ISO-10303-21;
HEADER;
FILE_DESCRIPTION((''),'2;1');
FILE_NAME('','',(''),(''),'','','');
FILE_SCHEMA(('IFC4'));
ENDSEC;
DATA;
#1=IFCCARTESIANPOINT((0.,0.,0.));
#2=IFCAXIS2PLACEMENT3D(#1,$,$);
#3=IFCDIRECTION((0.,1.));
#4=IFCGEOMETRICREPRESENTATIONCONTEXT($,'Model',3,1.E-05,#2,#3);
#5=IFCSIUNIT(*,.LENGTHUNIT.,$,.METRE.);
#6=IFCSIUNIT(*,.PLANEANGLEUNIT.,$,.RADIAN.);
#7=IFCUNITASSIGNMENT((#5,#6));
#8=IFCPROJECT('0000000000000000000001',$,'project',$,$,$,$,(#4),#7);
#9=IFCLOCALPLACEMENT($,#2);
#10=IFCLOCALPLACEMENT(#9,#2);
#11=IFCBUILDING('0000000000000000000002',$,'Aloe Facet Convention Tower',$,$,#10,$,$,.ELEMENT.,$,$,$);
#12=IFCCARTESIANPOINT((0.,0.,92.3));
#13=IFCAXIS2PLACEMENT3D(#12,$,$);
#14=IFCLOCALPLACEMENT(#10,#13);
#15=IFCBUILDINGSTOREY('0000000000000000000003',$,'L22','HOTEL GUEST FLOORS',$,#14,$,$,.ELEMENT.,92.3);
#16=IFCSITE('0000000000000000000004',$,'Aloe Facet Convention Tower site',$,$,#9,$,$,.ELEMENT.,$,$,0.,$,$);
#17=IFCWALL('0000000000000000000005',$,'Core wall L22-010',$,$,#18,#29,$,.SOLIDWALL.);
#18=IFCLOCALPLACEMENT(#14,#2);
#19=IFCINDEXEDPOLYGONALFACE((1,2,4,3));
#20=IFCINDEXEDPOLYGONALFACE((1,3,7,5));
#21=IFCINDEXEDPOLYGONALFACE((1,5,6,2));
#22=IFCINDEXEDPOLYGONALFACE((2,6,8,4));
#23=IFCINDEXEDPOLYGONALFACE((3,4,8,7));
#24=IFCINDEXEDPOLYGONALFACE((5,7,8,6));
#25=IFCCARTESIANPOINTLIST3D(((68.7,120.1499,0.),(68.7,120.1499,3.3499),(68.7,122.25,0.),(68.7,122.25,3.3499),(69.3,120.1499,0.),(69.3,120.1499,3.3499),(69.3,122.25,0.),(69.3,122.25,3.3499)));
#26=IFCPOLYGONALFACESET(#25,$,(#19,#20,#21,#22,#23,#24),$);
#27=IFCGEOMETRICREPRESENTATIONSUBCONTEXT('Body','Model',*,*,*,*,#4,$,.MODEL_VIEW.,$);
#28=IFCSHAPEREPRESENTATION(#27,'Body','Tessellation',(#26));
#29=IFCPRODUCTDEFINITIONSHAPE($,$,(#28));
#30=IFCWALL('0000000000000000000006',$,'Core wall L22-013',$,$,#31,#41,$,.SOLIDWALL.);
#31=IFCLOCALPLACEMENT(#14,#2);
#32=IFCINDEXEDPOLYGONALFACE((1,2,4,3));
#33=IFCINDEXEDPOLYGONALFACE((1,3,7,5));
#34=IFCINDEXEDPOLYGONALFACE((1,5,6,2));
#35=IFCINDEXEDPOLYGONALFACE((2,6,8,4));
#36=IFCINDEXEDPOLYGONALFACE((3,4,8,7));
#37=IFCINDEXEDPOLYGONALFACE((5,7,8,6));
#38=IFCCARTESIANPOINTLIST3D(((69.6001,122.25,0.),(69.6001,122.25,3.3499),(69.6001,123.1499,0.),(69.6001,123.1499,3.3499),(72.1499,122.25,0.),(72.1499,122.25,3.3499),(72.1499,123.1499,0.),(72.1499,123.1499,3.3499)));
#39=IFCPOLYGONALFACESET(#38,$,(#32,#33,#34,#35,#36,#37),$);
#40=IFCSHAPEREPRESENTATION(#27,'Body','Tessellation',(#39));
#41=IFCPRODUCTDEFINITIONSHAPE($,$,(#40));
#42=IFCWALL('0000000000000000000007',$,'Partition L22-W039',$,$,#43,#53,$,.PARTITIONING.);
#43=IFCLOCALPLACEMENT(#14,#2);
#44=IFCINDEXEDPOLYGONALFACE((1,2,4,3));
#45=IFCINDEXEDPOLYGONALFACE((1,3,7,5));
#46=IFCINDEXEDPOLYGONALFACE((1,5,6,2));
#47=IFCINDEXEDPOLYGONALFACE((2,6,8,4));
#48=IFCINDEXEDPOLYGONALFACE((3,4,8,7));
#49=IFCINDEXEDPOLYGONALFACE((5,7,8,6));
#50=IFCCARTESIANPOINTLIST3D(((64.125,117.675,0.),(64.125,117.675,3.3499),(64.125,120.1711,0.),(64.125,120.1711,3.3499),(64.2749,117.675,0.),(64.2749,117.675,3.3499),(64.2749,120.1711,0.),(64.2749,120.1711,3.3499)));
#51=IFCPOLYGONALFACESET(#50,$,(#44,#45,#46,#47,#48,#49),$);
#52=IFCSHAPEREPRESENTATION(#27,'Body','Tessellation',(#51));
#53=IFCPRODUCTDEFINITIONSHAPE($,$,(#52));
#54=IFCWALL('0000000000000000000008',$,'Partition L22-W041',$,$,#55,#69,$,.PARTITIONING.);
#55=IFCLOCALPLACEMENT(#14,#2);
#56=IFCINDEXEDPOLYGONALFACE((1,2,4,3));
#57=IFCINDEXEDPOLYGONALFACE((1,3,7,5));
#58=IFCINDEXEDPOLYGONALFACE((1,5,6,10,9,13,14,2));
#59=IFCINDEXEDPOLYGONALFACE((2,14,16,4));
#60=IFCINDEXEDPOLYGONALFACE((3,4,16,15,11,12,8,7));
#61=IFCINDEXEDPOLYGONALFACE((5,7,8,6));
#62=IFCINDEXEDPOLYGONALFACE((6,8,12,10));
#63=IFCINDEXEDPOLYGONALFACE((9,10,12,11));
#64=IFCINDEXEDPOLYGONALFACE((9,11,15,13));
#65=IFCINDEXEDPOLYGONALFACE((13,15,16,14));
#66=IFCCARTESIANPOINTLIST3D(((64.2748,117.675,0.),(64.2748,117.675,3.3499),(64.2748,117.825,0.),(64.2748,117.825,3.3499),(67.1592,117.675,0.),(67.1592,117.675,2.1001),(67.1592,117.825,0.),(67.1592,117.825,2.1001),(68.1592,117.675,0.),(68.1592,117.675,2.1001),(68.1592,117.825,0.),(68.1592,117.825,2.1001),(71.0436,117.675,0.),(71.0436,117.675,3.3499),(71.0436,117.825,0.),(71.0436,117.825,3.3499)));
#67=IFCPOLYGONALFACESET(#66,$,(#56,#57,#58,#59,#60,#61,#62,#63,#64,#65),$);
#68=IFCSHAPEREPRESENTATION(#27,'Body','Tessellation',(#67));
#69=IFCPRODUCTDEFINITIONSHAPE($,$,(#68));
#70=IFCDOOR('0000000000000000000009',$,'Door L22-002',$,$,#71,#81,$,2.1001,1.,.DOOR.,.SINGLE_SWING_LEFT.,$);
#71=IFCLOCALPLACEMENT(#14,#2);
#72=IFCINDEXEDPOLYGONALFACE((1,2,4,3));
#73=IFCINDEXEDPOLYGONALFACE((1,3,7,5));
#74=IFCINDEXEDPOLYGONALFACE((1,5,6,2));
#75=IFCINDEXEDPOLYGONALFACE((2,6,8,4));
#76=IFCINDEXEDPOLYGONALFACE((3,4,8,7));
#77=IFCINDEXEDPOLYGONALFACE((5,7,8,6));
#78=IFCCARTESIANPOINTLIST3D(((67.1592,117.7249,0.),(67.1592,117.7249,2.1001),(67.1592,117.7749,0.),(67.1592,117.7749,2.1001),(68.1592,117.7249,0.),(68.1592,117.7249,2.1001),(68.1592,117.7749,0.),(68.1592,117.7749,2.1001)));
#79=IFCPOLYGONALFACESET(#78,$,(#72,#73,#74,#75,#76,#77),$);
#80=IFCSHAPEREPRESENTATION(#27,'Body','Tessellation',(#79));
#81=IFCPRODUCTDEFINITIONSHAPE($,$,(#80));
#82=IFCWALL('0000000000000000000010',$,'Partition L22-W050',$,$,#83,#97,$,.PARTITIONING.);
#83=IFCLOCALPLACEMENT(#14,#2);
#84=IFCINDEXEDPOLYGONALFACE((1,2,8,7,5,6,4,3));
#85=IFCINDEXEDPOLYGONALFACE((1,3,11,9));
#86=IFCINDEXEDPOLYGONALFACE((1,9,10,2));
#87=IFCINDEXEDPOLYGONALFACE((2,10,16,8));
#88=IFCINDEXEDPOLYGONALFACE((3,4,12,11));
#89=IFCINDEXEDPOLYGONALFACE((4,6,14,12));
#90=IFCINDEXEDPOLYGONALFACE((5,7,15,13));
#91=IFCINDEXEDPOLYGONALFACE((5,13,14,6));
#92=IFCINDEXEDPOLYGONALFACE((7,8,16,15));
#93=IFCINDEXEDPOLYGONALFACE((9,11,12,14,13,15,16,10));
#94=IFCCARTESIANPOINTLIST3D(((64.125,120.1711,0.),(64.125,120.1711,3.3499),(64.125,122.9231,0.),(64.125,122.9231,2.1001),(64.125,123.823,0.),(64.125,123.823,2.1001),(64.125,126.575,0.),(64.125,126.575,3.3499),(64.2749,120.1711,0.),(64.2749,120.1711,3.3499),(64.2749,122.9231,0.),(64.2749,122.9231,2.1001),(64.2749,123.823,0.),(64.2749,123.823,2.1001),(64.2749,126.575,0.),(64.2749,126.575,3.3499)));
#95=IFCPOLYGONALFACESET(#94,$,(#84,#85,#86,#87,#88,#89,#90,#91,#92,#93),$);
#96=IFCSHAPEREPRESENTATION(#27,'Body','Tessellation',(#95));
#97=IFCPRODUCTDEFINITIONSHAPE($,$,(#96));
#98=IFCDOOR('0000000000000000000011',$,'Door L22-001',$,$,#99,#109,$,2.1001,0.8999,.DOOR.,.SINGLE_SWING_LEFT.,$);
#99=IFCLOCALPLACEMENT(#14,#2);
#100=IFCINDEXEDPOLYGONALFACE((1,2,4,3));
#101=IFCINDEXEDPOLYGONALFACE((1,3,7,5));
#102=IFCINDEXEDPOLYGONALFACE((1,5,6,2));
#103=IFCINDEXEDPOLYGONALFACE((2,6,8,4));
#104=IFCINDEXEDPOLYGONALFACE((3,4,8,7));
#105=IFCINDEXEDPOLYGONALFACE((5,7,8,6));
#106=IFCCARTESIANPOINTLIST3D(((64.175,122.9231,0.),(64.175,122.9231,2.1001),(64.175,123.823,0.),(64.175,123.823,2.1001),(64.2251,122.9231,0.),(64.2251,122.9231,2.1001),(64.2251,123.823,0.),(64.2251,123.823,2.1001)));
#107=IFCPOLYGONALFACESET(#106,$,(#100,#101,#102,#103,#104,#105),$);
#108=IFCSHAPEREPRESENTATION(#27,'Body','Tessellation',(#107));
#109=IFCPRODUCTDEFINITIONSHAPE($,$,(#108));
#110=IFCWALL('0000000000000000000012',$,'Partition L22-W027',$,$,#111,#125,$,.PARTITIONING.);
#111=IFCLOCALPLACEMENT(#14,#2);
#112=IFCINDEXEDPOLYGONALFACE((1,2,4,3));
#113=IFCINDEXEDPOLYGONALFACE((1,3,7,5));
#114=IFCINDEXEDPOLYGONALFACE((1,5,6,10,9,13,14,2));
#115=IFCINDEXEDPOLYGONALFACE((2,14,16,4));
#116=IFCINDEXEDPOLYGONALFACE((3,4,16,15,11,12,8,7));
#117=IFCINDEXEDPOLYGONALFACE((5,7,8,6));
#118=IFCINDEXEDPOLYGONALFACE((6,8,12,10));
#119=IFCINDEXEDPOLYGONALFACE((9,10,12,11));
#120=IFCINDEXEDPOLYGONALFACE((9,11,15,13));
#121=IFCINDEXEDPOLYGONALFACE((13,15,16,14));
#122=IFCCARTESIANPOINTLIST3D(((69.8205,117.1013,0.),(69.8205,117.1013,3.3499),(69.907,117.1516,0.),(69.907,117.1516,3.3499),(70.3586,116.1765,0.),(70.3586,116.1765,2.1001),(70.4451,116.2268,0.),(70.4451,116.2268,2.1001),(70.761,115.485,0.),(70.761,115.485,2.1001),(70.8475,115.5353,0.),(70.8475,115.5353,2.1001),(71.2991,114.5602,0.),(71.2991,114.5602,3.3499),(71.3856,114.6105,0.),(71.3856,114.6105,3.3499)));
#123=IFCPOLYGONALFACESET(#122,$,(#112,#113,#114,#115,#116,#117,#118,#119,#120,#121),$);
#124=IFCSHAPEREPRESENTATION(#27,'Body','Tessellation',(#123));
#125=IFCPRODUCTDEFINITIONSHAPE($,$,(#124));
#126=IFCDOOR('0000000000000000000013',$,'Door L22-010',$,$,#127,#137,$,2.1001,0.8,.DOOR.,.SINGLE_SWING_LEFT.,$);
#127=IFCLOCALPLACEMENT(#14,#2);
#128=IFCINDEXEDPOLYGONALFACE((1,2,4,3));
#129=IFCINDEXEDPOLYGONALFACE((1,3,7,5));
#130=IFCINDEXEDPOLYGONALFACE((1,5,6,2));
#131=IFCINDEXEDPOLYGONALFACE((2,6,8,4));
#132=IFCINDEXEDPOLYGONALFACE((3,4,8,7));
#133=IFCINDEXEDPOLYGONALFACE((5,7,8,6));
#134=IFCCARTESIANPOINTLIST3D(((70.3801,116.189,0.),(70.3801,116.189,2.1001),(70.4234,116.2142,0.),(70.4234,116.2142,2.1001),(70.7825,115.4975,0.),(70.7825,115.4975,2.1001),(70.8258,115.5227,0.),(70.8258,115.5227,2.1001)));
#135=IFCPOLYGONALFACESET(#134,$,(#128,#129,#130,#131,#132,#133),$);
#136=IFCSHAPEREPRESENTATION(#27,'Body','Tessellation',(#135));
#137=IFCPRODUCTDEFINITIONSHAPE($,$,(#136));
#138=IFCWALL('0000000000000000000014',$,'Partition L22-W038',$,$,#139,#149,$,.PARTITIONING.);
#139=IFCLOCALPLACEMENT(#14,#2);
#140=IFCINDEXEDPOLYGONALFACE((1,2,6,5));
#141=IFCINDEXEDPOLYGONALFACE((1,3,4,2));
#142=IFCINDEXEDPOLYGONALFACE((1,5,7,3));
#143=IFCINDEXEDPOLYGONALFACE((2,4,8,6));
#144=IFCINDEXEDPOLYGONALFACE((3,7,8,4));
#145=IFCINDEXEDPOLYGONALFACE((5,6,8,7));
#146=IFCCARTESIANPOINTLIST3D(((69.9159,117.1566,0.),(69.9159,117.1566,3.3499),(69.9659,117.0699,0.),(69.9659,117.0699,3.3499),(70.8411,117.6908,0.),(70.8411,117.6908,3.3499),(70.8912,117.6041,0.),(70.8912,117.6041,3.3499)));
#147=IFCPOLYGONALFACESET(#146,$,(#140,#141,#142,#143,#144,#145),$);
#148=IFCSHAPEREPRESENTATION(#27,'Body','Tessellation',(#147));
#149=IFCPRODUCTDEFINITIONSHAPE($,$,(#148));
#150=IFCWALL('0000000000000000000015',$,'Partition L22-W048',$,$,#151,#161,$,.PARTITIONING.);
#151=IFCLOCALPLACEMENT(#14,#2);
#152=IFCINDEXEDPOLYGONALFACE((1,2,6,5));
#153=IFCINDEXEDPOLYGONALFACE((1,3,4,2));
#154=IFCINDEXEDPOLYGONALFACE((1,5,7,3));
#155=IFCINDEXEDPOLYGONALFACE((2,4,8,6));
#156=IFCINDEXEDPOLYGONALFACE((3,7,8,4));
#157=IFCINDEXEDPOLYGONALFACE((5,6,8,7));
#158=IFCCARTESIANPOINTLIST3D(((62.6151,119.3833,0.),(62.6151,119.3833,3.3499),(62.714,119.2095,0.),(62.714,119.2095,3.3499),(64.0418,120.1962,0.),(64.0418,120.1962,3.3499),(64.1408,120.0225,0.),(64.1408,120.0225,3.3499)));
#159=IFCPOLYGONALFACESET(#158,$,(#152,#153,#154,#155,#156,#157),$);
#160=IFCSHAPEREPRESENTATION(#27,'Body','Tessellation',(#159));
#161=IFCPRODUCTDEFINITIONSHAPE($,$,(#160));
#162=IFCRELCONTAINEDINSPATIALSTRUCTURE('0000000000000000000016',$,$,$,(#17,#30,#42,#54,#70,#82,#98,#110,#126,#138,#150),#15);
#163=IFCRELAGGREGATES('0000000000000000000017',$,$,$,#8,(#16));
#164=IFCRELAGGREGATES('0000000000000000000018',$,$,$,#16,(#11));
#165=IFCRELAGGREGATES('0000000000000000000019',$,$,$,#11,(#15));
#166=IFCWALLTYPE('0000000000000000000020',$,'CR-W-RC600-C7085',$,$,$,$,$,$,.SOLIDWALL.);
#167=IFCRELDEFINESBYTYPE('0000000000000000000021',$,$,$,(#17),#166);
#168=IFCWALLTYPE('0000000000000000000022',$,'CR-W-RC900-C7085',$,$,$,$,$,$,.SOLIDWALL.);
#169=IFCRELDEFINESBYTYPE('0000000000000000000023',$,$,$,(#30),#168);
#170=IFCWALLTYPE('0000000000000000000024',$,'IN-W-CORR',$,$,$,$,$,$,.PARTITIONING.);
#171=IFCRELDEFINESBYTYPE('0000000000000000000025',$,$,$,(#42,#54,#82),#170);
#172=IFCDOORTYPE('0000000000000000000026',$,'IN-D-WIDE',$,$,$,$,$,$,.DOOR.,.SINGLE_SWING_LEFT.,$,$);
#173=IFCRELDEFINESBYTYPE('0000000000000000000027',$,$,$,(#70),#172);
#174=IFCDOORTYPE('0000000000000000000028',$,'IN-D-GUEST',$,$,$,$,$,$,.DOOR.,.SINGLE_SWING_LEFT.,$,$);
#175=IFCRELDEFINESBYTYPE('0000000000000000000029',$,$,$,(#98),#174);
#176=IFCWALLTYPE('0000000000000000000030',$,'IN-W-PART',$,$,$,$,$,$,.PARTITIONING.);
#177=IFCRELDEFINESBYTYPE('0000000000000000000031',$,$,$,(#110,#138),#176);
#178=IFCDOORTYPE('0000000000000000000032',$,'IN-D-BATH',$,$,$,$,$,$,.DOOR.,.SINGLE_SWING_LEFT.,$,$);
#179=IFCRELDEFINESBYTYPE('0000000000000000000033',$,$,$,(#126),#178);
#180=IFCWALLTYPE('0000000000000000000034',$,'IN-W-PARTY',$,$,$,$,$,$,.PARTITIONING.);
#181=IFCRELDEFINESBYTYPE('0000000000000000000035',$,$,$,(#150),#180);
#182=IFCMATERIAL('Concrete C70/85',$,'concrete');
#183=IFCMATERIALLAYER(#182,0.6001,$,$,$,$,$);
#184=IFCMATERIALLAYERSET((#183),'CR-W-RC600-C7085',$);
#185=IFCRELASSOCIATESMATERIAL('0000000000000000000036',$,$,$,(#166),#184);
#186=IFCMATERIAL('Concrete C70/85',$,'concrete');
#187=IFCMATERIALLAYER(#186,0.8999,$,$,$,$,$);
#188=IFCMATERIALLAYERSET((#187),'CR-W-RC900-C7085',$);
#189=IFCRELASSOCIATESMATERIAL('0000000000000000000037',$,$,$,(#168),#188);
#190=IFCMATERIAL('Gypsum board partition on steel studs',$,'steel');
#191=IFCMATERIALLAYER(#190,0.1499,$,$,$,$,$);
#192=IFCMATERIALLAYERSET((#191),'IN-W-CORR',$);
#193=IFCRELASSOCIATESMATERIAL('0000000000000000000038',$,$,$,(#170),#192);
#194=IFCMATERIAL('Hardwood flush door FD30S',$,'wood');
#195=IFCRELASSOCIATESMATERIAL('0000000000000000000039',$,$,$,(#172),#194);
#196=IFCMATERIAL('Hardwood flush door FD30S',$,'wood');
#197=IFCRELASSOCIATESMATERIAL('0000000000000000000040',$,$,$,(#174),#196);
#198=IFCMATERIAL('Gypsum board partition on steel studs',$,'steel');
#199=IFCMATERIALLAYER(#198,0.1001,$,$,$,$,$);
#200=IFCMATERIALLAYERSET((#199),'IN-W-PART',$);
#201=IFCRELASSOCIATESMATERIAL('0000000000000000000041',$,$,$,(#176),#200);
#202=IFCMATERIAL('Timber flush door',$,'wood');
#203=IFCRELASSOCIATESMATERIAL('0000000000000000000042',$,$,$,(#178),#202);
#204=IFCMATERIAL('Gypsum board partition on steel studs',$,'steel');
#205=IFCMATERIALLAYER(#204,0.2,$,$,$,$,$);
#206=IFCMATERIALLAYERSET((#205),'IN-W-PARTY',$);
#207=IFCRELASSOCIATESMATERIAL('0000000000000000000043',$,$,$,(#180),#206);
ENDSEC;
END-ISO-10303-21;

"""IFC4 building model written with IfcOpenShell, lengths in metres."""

from ifc_helpers import new_model, si_unit, direction, frame, frame_2d, origin, place, context, subcontext, project, spatial, rectangle, extrude, material, layer, layer_set, type_object, element, fill, save


model = new_model("IFC4")

# Units and contexts
model_context = context("Model", 3, precision=1e-05, world=origin(), true_north=direction((0.0, 1.0)))
body_context = subcontext(model_context, "Body", "Model", "MODEL_VIEW")
ifc_project = project(units=[si_unit("LENGTHUNIT", "METRE"), si_unit("PLANEANGLEUNIT", "RADIAN")], contexts=[model_context])

# Site, building, storey
site_placement = place(None, origin())
site = spatial("IfcSite", under=ifc_project, at=site_placement, Name="Aloe Facet Convention Tower site", CompositionType="ELEMENT", RefElevation=0.0)
building_placement = place(site_placement, origin())
building = spatial("IfcBuilding", under=site, at=building_placement, Name="Aloe Facet Convention Tower", CompositionType="ELEMENT")
storey_placement = place(building_placement, frame((0.0, 0.0, 92.3)))
storey = spatial("IfcBuildingStorey", under=building, at=storey_placement, Name="L22", Description="HOTEL GUEST FLOORS", CompositionType="ELEMENT", Elevation=92.3)

# Shared definitions
ifc_material_1 = material(Name="Concrete C70/85", Category="concrete")
ifc_layer_1 = layer(ifc_material_1, 0.6001)
ifc_layer_set_1 = layer_set([ifc_layer_1], Name="CR-W-RC600-C7085")
wall_type_1 = type_object("IfcWallType", Name="CR-W-RC600-C7085", PredefinedType="SOLIDWALL", material=ifc_layer_set_1)

# Walls
wall_1_placement = place(storey_placement, frame((69.0, 122.25, 0.0), z_axis=(0.0, 0.0, 1.0), x_axis=(0.0, -1.0, 0.0)))
element("IfcWall", 1, at=wall_1_placement, inside=storey, type_object=wall_type_1, Name="Core wall L22-010", PredefinedType="SOLIDWALL", context=body_context, shape_type="SweptSolid", body=[
    extrude(rectangle(XDim=2.1001, YDim=0.6001, at=frame_2d((1.05, 0.0))), origin(), (0.0, 0.0, 1.0), 3.3499),
])
ifc_material_2 = material(Name="Concrete C70/85", Category="concrete")
ifc_layer_2 = layer(ifc_material_2, 0.8999)
ifc_layer_set_2 = layer_set([ifc_layer_2], Name="CR-W-RC900-C7085")
wall_type_2 = type_object("IfcWallType", Name="CR-W-RC900-C7085", PredefinedType="SOLIDWALL", material=ifc_layer_set_2)
wall_2_placement = place(storey_placement, frame((69.6001, 122.7, 0.0), z_axis=(0.0, 0.0, 1.0), x_axis=(1.0, 0.0, 0.0)))
element("IfcWall", 2, at=wall_2_placement, inside=storey, type_object=wall_type_2, Name="Core wall L22-013", PredefinedType="SOLIDWALL", context=body_context, shape_type="SweptSolid", body=[
    extrude(rectangle(XDim=2.5498, YDim=0.8999, at=frame_2d((1.2749, 0.0))), origin(), (0.0, 0.0, 1.0), 3.3499),
])
ifc_material_3 = material(Name="Gypsum board partition on steel studs", Category="steel")
ifc_layer_3 = layer(ifc_material_3, 0.1499)
ifc_layer_set_3 = layer_set([ifc_layer_3], Name="IN-W-CORR")
wall_type_3 = type_object("IfcWallType", Name="IN-W-CORR", PredefinedType="PARTITIONING", material=ifc_layer_set_3)
wall_3_placement = place(storey_placement, frame((64.2, 117.675, 0.0), z_axis=(0.0, 0.0, 1.0), x_axis=(0.0, 1.0, 0.0)))
element("IfcWall", 3, at=wall_3_placement, inside=storey, type_object=wall_type_3, Name="Partition L22-W039", PredefinedType="PARTITIONING", context=body_context, shape_type="SweptSolid", body=[
    extrude(rectangle(XDim=2.4961, YDim=0.1499, at=frame_2d((1.248, 0.0))), origin(), (0.0, 0.0, 1.0), 3.3499),
])

# Walls, openings, doors
wall_4_placement = place(storey_placement, frame((64.2749, 117.75, 0.0), z_axis=(0.0, 0.0, 1.0), x_axis=(1.0, 0.0, 0.0)))
wall_4 = element("IfcWall", 4, at=wall_4_placement, inside=storey, type_object=wall_type_3, Name="Partition L22-W041", PredefinedType="PARTITIONING", context=body_context, shape_type="SweptSolid", body=[
    extrude(rectangle(XDim=6.7688, YDim=0.1499, at=frame_2d((3.3843, 0.0))), origin(), (0.0, 0.0, 1.0), 3.3499),
])
opening_1_placement = place(wall_4_placement, frame((2.8843, 0.0, 0.0)))
opening_1 = element("IfcOpeningElement", 5, at=opening_1_placement, cuts=wall_4, PredefinedType="OPENING", context=body_context, shape_type="SweptSolid", body=[
    extrude(rectangle(XDim=1.0, YDim=2.1001, at=frame_2d((0.5, 1.05))), frame((0.0, 0.085, 0.0), z_axis=(0.0, -1.0, 0.0), x_axis=(1.0, 0.0, 0.0)), (0.0, 0.0, 1.0), 0.1699),
])
ifc_material_4 = material(Name="Hardwood flush door FD30S", Category="wood")
door_type_1 = type_object("IfcDoorType", Name="IN-D-WIDE", OperationType="SINGLE_SWING_LEFT", PredefinedType="DOOR", material=ifc_material_4)
door_1_placement = place(opening_1_placement, origin())
door_1 = element("IfcDoor", 6, at=door_1_placement, inside=storey, type_object=door_type_1, Name="Door L22-002", OperationType="SINGLE_SWING_LEFT", OverallHeight=2.1001, OverallWidth=1.0, PredefinedType="DOOR", context=body_context, shape_type="SweptSolid", body=[
    extrude(rectangle(XDim=1.0, YDim=2.1001, at=frame_2d((0.5, 1.05))), frame((0.0, 0.0249, 0.0), z_axis=(0.0, -1.0, 0.0), x_axis=(1.0, 0.0, 0.0)), (0.0, 0.0, 1.0), 0.05),
])
fill(opening_1, door_1)
wall_5_placement = place(storey_placement, frame((64.2, 120.1711, 0.0), z_axis=(0.0, 0.0, 1.0), x_axis=(0.0, 1.0, 0.0)))
wall_5 = element("IfcWall", 7, at=wall_5_placement, inside=storey, type_object=wall_type_3, Name="Partition L22-W050", PredefinedType="PARTITIONING", context=body_context, shape_type="SweptSolid", body=[
    extrude(rectangle(XDim=6.4038, YDim=0.1499, at=frame_2d((3.2019, 0.0))), origin(), (0.0, 0.0, 1.0), 3.3499),
])
opening_2_placement = place(wall_5_placement, frame((2.752, 0.0, 0.0)))
opening_2 = element("IfcOpeningElement", 8, at=opening_2_placement, cuts=wall_5, PredefinedType="OPENING", context=body_context, shape_type="SweptSolid", body=[
    extrude(rectangle(XDim=0.8999, YDim=2.1001, at=frame_2d((0.45, 1.05))), frame((0.0, 0.085, 0.0), z_axis=(0.0, -1.0, 0.0), x_axis=(1.0, 0.0, 0.0)), (0.0, 0.0, 1.0), 0.1699),
])
ifc_material_5 = material(Name="Hardwood flush door FD30S", Category="wood")
door_type_2 = type_object("IfcDoorType", Name="IN-D-GUEST", OperationType="SINGLE_SWING_LEFT", PredefinedType="DOOR", material=ifc_material_5)
door_2_placement = place(opening_2_placement, origin())
door_2 = element("IfcDoor", 9, at=door_2_placement, inside=storey, type_object=door_type_2, Name="Door L22-001", OperationType="SINGLE_SWING_LEFT", OverallHeight=2.1001, OverallWidth=0.8999, PredefinedType="DOOR", context=body_context, shape_type="SweptSolid", body=[
    extrude(rectangle(XDim=0.8999, YDim=2.1001, at=frame_2d((0.45, 1.05))), frame((0.0, 0.0249, 0.0), z_axis=(0.0, -1.0, 0.0), x_axis=(1.0, 0.0, 0.0)), (0.0, 0.0, 1.0), 0.05),
])
fill(opening_2, door_2)
ifc_material_6 = material(Name="Gypsum board partition on steel studs", Category="steel")
ifc_layer_4 = layer(ifc_material_6, 0.1001)
ifc_layer_set_4 = layer_set([ifc_layer_4], Name="IN-W-PART")
wall_type_4 = type_object("IfcWallType", Name="IN-W-PART", PredefinedType="PARTITIONING", material=ifc_layer_set_4)
wall_6_placement = place(storey_placement, frame((69.8638, 117.1265, 0.0), z_axis=(0.0, 0.0, 1.0), x_axis=(0.502921, -0.864333, 0.0)))
wall_6 = element("IfcWall", 10, at=wall_6_placement, inside=storey, type_object=wall_type_4, Name="Partition L22-W027", PredefinedType="PARTITIONING", context=body_context, shape_type="SweptSolid", body=[
    extrude(rectangle(XDim=2.9399, YDim=0.1001, at=frame_2d((1.47, 0.0))), origin(), (0.0, 0.0, 1.0), 3.3499),
])
opening_3_placement = place(wall_6_placement, frame((1.0701, 0.0, 0.0)))
opening_3 = element("IfcOpeningElement", 11, at=opening_3_placement, cuts=wall_6, PredefinedType="OPENING", context=body_context, shape_type="SweptSolid", body=[
    extrude(rectangle(XDim=0.8, YDim=2.1001, at=frame_2d((0.3999, 1.05))), frame((0.0, 0.0601, 0.0), z_axis=(0.0, -1.0, 0.0), x_axis=(1.0, 0.0, 0.0)), (0.0, 0.0, 1.0), 0.1201),
])
ifc_material_7 = material(Name="Timber flush door", Category="wood")
door_type_3 = type_object("IfcDoorType", Name="IN-D-BATH", OperationType="SINGLE_SWING_LEFT", PredefinedType="DOOR", material=ifc_material_7)
door_3_placement = place(opening_3_placement, origin())
door_3 = element("IfcDoor", 12, at=door_3_placement, inside=storey, type_object=door_type_3, Name="Door L22-010", OperationType="SINGLE_SWING_LEFT", OverallHeight=2.1001, OverallWidth=0.8, PredefinedType="DOOR", context=body_context, shape_type="SweptSolid", body=[
    extrude(rectangle(XDim=0.8, YDim=2.1001, at=frame_2d((0.3999, 1.05))), frame((0.0, 0.0249, 0.0), z_axis=(0.0, -1.0, 0.0), x_axis=(1.0, 0.0, 0.0)), (0.0, 0.0, 1.0), 0.05),
])
fill(opening_3, door_3)

# Walls
wall_7_placement = place(storey_placement, frame((69.9409, 117.1133, 0.0), z_axis=(0.0, 0.0, 1.0), x_axis=(0.866041, 0.499973, 0.0)))
element("IfcWall", 13, at=wall_7_placement, inside=storey, type_object=wall_type_4, Name="Partition L22-W038", PredefinedType="PARTITIONING", context=body_context, shape_type="SweptSolid", body=[
    extrude(rectangle(XDim=1.0684, YDim=0.1001, at=frame_2d((0.5342, 0.0))), origin(), (0.0, 0.0, 1.0), 3.3499),
])
ifc_material_8 = material(Name="Gypsum board partition on steel studs", Category="steel")
ifc_layer_5 = layer(ifc_material_8, 0.2)
ifc_layer_set_5 = layer_set([ifc_layer_5], Name="IN-W-PARTY")
wall_type_5 = type_object("IfcWallType", Name="IN-W-PARTY", PredefinedType="PARTITIONING", material=ifc_layer_set_5)
wall_8_placement = place(storey_placement, frame((62.6646, 119.2964, 0.0), z_axis=(0.0, 0.0, 1.0), x_axis=(0.868846, 0.495082, 0.0)))
element("IfcWall", 14, at=wall_8_placement, inside=storey, type_object=wall_type_5, Name="Partition L22-W048", PredefinedType="PARTITIONING", context=body_context, shape_type="SweptSolid", body=[
    extrude(rectangle(XDim=1.6421, YDim=0.2, at=frame_2d((0.821, 0.0))), origin(), (0.0, 0.0, 1.0), 3.3499),
])

save(model, "model.ifc")
